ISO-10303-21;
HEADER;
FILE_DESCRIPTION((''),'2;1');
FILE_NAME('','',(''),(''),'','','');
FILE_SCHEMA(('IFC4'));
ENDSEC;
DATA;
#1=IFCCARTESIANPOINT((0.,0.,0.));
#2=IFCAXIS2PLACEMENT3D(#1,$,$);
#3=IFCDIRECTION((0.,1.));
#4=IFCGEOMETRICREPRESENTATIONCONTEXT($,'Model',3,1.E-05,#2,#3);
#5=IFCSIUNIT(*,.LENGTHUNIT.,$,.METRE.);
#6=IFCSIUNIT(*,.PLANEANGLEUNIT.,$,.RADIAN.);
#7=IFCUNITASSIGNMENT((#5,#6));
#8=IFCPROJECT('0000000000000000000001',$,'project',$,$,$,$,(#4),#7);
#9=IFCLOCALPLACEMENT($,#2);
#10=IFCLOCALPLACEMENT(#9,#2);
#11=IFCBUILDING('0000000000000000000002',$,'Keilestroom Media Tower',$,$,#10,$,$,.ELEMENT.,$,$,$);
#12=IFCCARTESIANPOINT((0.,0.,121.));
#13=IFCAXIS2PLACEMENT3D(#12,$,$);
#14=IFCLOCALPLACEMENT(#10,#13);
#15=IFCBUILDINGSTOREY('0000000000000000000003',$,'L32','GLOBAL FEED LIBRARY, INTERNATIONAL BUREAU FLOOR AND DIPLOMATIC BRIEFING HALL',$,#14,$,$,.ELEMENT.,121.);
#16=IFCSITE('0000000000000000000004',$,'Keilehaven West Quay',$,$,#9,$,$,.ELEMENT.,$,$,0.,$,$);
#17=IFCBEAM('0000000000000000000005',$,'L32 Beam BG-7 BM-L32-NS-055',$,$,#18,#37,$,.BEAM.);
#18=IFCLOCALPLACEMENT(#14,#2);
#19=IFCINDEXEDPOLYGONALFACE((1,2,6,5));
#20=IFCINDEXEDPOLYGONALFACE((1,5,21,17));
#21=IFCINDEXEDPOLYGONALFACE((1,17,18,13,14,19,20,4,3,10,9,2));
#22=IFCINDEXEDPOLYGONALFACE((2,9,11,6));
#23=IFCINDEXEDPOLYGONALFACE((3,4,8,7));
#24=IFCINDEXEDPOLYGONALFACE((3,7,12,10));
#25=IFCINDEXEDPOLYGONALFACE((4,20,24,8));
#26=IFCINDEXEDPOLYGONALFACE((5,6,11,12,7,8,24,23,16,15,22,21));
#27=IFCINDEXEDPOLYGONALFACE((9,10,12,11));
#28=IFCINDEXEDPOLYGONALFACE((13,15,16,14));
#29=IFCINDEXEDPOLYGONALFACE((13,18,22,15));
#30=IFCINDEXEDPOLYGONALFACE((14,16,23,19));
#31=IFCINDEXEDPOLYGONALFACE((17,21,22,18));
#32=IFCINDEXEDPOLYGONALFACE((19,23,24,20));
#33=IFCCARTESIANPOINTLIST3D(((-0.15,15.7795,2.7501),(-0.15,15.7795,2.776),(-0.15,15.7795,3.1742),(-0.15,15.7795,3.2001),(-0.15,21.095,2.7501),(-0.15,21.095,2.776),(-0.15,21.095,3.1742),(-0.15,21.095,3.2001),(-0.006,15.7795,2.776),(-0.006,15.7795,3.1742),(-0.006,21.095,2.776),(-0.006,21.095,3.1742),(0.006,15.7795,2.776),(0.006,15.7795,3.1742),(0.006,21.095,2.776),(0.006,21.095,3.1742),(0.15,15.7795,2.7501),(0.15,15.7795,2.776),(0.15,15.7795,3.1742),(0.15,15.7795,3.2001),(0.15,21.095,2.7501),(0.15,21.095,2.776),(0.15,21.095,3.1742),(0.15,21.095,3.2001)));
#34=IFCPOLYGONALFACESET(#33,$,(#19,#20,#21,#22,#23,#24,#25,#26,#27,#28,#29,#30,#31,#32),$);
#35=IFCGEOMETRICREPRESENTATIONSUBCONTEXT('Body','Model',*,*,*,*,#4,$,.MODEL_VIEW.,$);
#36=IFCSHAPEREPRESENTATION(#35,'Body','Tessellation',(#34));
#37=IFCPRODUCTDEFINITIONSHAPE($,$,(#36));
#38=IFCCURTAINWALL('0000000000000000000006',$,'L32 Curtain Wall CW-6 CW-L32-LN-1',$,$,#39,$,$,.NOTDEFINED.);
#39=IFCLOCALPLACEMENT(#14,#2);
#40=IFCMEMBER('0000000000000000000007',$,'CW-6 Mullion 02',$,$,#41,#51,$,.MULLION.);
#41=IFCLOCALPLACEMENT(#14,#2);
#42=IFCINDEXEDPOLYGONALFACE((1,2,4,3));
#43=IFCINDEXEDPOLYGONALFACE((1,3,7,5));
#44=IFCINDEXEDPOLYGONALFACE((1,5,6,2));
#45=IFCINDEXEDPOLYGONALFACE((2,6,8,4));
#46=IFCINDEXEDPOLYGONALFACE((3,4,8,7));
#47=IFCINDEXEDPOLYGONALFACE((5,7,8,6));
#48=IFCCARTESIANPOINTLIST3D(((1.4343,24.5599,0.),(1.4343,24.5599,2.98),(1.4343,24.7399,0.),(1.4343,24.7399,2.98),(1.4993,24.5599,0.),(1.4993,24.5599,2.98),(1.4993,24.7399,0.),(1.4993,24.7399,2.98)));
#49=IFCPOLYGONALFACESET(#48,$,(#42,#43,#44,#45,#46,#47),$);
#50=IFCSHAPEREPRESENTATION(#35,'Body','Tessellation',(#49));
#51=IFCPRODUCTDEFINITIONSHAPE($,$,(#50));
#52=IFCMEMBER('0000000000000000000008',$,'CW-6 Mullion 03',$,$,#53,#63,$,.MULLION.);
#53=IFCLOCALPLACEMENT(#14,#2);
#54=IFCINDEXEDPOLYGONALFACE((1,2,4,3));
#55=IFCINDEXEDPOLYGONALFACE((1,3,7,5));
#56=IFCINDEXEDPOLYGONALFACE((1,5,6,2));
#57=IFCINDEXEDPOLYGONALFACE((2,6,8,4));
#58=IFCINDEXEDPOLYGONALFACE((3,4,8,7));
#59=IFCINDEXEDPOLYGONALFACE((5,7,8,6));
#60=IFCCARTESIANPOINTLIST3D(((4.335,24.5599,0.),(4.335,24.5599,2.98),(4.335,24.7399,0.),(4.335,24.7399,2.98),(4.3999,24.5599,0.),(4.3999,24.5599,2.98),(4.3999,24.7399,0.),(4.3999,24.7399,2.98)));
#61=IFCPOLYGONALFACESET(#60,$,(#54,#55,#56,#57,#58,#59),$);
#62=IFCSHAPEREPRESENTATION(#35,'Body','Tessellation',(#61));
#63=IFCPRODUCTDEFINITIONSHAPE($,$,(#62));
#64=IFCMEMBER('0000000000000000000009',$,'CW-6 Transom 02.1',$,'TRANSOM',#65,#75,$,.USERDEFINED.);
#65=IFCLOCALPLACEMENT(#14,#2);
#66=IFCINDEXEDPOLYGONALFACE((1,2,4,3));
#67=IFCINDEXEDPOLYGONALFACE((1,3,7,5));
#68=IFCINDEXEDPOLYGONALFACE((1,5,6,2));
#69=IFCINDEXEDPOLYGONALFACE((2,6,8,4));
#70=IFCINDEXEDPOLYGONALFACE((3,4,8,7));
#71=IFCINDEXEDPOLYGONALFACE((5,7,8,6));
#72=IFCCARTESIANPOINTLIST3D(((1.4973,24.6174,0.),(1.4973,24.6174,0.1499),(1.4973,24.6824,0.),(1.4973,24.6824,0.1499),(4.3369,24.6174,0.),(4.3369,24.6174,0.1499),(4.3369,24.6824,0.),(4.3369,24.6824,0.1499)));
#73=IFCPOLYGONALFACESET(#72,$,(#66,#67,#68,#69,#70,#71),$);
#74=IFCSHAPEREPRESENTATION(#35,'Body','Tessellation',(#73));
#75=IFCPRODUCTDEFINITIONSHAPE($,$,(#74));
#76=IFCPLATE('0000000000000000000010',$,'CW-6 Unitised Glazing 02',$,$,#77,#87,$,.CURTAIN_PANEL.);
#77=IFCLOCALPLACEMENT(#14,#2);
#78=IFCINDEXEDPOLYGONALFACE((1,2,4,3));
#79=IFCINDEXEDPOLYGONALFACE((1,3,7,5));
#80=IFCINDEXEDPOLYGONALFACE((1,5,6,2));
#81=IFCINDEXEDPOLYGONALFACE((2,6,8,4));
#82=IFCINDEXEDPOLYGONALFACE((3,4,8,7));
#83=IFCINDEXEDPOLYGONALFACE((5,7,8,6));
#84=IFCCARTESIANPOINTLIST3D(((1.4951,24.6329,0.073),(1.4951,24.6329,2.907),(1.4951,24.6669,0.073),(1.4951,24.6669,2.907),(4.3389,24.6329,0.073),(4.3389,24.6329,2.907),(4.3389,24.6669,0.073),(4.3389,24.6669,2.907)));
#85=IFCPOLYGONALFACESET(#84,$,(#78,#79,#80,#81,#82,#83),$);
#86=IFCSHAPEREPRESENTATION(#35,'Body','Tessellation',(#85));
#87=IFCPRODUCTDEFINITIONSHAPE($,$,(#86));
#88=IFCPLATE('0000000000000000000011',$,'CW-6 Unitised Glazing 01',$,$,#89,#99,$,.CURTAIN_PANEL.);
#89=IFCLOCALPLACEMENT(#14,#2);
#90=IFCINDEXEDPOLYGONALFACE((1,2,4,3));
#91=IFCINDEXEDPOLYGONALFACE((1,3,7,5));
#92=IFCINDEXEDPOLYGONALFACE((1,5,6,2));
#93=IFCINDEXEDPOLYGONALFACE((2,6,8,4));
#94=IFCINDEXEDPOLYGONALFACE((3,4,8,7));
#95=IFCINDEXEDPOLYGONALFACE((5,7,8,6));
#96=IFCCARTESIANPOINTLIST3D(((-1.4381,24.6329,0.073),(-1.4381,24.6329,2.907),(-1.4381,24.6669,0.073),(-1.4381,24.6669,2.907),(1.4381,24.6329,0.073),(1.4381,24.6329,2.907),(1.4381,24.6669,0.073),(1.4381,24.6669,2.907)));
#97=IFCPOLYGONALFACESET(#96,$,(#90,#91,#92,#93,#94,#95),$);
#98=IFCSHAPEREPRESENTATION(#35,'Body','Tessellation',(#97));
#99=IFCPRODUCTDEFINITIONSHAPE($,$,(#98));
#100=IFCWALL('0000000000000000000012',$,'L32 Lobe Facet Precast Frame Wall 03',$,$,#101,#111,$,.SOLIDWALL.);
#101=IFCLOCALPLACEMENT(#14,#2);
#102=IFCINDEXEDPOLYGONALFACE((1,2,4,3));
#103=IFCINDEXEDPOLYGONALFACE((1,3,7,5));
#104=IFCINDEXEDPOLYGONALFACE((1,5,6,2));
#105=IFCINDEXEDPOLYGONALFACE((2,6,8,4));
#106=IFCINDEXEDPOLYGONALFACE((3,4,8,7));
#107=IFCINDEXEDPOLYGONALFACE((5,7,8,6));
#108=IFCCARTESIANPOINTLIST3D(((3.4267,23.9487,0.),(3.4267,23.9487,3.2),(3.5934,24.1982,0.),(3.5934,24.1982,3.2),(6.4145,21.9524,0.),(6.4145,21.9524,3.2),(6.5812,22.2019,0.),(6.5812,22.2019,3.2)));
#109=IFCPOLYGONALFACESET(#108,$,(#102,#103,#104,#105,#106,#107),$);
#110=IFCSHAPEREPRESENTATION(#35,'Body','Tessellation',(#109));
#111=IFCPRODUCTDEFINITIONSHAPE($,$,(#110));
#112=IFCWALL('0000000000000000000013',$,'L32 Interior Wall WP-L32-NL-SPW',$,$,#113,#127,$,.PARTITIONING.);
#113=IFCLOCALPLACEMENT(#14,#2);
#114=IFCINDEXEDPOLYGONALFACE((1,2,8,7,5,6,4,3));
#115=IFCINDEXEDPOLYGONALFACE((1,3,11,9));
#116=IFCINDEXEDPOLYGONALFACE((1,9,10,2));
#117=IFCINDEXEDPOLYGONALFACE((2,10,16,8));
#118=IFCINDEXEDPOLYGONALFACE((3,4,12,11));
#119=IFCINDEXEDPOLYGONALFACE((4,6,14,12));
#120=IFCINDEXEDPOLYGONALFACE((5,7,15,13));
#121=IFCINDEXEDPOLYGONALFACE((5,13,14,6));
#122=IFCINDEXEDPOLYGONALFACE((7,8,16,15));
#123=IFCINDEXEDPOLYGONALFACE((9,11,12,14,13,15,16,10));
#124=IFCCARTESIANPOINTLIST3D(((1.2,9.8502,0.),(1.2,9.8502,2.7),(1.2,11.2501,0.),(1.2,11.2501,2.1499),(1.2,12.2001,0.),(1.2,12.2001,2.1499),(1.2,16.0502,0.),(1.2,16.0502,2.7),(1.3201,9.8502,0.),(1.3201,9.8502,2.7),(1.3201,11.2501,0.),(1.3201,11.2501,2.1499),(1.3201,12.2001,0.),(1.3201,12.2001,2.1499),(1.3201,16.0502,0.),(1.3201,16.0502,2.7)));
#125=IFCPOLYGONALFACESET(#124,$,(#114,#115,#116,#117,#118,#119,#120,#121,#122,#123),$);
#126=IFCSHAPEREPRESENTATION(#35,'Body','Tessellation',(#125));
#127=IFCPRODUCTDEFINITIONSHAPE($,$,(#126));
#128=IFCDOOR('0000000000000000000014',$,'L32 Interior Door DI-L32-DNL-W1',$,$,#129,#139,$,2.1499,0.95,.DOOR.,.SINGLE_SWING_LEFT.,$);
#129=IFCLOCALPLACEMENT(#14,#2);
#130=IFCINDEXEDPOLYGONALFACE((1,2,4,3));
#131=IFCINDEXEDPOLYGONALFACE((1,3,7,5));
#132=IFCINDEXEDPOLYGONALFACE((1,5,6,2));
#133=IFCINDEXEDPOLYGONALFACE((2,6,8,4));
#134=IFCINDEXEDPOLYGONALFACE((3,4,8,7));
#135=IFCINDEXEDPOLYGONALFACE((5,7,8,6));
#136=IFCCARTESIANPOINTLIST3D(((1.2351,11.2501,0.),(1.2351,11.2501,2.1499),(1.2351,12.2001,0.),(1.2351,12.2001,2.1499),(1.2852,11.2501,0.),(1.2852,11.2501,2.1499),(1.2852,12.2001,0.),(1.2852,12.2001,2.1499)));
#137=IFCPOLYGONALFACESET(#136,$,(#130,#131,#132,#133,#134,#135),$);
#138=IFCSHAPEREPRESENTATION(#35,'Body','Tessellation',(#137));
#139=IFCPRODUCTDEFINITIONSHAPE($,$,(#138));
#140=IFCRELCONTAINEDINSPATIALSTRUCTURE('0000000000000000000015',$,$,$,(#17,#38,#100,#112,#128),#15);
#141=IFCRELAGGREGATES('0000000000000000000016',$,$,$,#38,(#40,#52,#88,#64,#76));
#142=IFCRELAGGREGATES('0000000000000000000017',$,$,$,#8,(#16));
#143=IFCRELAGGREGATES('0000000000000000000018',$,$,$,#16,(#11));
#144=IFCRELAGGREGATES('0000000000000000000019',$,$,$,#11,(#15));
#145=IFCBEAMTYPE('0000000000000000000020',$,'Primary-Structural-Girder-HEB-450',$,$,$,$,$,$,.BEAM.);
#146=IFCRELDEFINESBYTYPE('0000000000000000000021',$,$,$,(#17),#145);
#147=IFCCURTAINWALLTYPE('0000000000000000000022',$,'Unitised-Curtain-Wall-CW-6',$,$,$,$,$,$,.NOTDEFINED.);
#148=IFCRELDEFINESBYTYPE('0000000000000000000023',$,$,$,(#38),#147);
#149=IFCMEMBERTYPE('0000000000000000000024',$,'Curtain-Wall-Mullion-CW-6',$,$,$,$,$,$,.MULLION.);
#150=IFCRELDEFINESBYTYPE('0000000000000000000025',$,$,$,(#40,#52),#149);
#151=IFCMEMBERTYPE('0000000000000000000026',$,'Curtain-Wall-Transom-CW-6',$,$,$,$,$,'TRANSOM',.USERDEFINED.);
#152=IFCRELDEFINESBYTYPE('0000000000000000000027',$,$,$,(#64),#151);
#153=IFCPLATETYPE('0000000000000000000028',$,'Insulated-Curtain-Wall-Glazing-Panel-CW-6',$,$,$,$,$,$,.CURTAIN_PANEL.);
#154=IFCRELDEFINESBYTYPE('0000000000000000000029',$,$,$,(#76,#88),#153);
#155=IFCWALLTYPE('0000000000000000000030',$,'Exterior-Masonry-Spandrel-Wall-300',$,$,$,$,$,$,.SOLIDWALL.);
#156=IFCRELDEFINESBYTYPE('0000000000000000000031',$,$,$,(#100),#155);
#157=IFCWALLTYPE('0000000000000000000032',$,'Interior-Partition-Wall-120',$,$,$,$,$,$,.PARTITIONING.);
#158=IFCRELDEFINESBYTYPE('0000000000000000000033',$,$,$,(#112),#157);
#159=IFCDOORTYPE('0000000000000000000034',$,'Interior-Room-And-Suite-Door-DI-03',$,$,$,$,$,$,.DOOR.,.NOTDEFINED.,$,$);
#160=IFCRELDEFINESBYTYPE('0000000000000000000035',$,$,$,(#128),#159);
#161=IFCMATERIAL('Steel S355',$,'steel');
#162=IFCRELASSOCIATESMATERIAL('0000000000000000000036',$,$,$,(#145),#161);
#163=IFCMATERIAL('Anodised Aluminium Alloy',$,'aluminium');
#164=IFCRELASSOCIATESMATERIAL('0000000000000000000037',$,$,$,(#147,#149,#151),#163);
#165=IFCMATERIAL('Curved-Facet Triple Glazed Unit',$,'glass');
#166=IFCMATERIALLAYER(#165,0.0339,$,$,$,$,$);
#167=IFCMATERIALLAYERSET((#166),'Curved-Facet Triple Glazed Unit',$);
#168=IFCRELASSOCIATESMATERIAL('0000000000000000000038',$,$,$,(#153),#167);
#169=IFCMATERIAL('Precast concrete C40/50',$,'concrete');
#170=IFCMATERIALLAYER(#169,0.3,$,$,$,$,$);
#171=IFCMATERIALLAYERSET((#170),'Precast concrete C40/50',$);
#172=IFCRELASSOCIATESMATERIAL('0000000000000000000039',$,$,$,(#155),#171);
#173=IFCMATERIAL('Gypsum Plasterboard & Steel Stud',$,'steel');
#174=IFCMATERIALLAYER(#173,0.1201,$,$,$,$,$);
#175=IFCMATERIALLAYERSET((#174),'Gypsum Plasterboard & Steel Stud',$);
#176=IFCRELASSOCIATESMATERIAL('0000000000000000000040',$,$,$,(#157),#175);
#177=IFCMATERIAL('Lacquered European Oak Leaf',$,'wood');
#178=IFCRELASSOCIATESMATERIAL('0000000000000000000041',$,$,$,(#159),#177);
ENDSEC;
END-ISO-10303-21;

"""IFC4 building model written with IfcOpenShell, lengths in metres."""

from ifc_helpers import new_model, si_unit, direction, frame, frame_2d, origin, origin_2d, place, context, subcontext, project, spatial, rectangle, i_section, extrude, source, transform, mapped, material, layer, layer_set, material_profile, profile_set, type_object, element, fill, aggregate, save


model = new_model("IFC4")

# Units and contexts
model_context = context("Model", 3, precision=1e-05, world=origin(), true_north=direction((0.0, 1.0)))
body_context = subcontext(model_context, "Body", "Model", "MODEL_VIEW")
ifc_project = project(units=[si_unit("LENGTHUNIT", "METRE"), si_unit("PLANEANGLEUNIT", "RADIAN")], contexts=[model_context])

# Site, building, storey
site_placement = place(None, origin())
site = spatial("IfcSite", under=ifc_project, at=site_placement, Name="Keilehaven West Quay", CompositionType="ELEMENT", RefElevation=0.0)
building_placement = place(site_placement, origin())
building = spatial("IfcBuilding", under=site, at=building_placement, Name="Keilestroom Media Tower", CompositionType="ELEMENT")
storey_placement = place(building_placement, frame((0.0, 0.0, 121.0)))
storey = spatial("IfcBuildingStorey", under=building, at=storey_placement, Name="L32", Description="GLOBAL FEED LIBRARY, INTERNATIONAL BUREAU FLOOR AND DIPLOMATIC BRIEFING HALL", CompositionType="ELEMENT", Elevation=121.0)

# Shared definitions
ifc_material_1 = material(Name="Steel S355", Category="steel")

# Beam
ifc_material_profile_1 = material_profile(ifc_material_1, i_section(OverallWidth=0.3, OverallDepth=0.45, WebThickness=0.012, FlangeThickness=0.0259, at=origin_2d()), Name="HEB 450")
ifc_profile_set_1 = profile_set([ifc_material_profile_1], Name="Steel S355")
beam_type_1 = type_object("IfcBeamType", Name="Primary-Structural-Girder-HEB-450", PredefinedType="BEAM", material=ifc_profile_set_1)
shared_shape_1 = source(origin(), body_context, "Body", "SweptSolid", [
    extrude(i_section(OverallWidth=0.3, OverallDepth=0.45, WebThickness=0.012, FlangeThickness=0.0259, at=origin_2d()), origin(), (0.0, 0.0, 1.0), 5.3154),
])
beam_1_placement = place(storey_placement, frame((0.0, 15.7795, 2.9751), z_axis=(0.0, 1.0, 0.0), x_axis=(-1.0, 0.0, 0.0)))
element("IfcBeam", 1, at=beam_1_placement, inside=storey, type_object=beam_type_1, Name="L32 Beam BG-7 BM-L32-NS-055", PredefinedType="BEAM", context=body_context, shape_type="MappedRepresentation", body=[
    mapped(shared_shape_1, transform((0.0, 0.0, 0.0), x_axis=(1.0, 0.0, 0.0), y_axis=(0.0, 1.0, 0.0), z_axis=(0.0, 0.0, 1.0), scale=1.0)),
])

# Curtain wall, members, plates
ifc_material_2 = material(Name="Anodised Aluminium Alloy", Category="aluminium")
curtain_wall_type = type_object("IfcCurtainWallType", Name="Unitised-Curtain-Wall-CW-6", PredefinedType="NOTDEFINED", material=ifc_material_2)
curtain_wall_placement = place(storey_placement, origin())
curtain_wall = element("IfcCurtainWall", 2, at=curtain_wall_placement, inside=storey, type_object=curtain_wall_type, Name="L32 Curtain Wall CW-6 CW-L32-LN-1", PredefinedType="NOTDEFINED")
ifc_material_profile_2 = material_profile(ifc_material_2, rectangle(XDim=0.0649, YDim=0.1799, at=origin_2d()), Name="ALU MULLION 65x180")
ifc_profile_set_2 = profile_set([ifc_material_profile_2], Name="Anodised Aluminium Alloy")
member_type_1 = type_object("IfcMemberType", Name="Curtain-Wall-Mullion-CW-6", PredefinedType="MULLION", material=ifc_profile_set_2)
shared_shape_2 = source(origin(), body_context, "Body", "SweptSolid", [
    extrude(rectangle(XDim=0.0649, YDim=0.1799, at=origin_2d()), origin(), (0.0, 0.0, 1.0), 2.98),
])
member_1_placement = place(storey_placement, frame((1.4668, 24.6499, 0.0), z_axis=(0.0, 0.0, 1.0), x_axis=(1.0, 0.0, 0.0)))
member_1 = element("IfcMember", 3, at=member_1_placement, type_object=member_type_1, Name="CW-6 Mullion 02", PredefinedType="MULLION", context=body_context, shape_type="MappedRepresentation", body=[
    mapped(shared_shape_2, transform((0.0, 0.0, 0.0), x_axis=(1.0, 0.0, 0.0), y_axis=(0.0, 1.0, 0.0), z_axis=(0.0, 0.0, 1.0), scale=1.0)),
])
member_2_placement = place(storey_placement, frame((4.3674, 24.6499, 0.0), z_axis=(0.0, 0.0, 1.0), x_axis=(1.0, 0.0, 0.0)))
member_2 = element("IfcMember", 4, at=member_2_placement, type_object=member_type_1, Name="CW-6 Mullion 03", PredefinedType="MULLION", context=body_context, shape_type="MappedRepresentation", body=[
    mapped(shared_shape_2, transform((0.0, 0.0, 0.0), x_axis=(1.0, 0.0, 0.0), y_axis=(0.0, 1.0, 0.0), z_axis=(0.0, 0.0, 1.0), scale=1.0)),
])
ifc_material_profile_3 = material_profile(ifc_material_2, rectangle(XDim=0.0649, YDim=0.1499, at=origin_2d()), Name="ALU TRANSOM 65x150")
ifc_profile_set_3 = profile_set([ifc_material_profile_3], Name="Anodised Aluminium Alloy")
member_type_2 = type_object("IfcMemberType", Name="Curtain-Wall-Transom-CW-6", ElementType="TRANSOM", PredefinedType="USERDEFINED", material=ifc_profile_set_3)
shared_shape_3 = source(origin(), body_context, "Body", "SweptSolid", [
    extrude(rectangle(XDim=0.0649, YDim=0.1499, at=origin_2d()), origin(), (0.0, 0.0, 1.0), 2.8396),
])
member_3_placement = place(storey_placement, frame((1.4973, 24.6499, 0.075), z_axis=(1.0, 0.0, 0.0), x_axis=(0.0, 1.0, 0.0)))
member_3 = element("IfcMember", 5, at=member_3_placement, type_object=member_type_2, Name="CW-6 Transom 02.1", ObjectType="TRANSOM", PredefinedType="USERDEFINED", context=body_context, shape_type="MappedRepresentation", body=[
    mapped(shared_shape_3, transform((0.0, 0.0, 0.0), x_axis=(1.0, 0.0, 0.0), y_axis=(0.0, 1.0, 0.0), z_axis=(0.0, 0.0, 1.0), scale=1.0)),
])
ifc_material_3 = material(Name="Curved-Facet Triple Glazed Unit", Category="glass")
ifc_layer_1 = layer(ifc_material_3, 0.0339)
ifc_layer_set_1 = layer_set([ifc_layer_1], Name="Curved-Facet Triple Glazed Unit")
plate_type = type_object("IfcPlateType", Name="Insulated-Curtain-Wall-Glazing-Panel-CW-6", PredefinedType="CURTAIN_PANEL", material=ifc_layer_set_1)
shared_shape_4 = source(origin(), body_context, "Body", "SweptSolid", [
    extrude(rectangle(XDim=2.8438, YDim=0.0339, at=origin_2d()), origin(), (0.0, 0.0, 1.0), 2.834),
])
plate_1_placement = place(storey_placement, frame((2.917, 24.6499, 0.073), z_axis=(0.0, 0.0, 1.0), x_axis=(1.0, 0.0, 0.0)))
plate_1 = element("IfcPlate", 6, at=plate_1_placement, type_object=plate_type, Name="CW-6 Unitised Glazing 02", PredefinedType="CURTAIN_PANEL", context=body_context, shape_type="MappedRepresentation", body=[
    mapped(shared_shape_4, transform((0.0, 0.0, 0.0), x_axis=(1.0, 0.0, 0.0), y_axis=(0.0, 1.0, 0.0), z_axis=(0.0, 0.0, 1.0), scale=1.0)),
])
shared_shape_5 = source(origin(), body_context, "Body", "SweptSolid", [
    extrude(rectangle(XDim=2.8762, YDim=0.0339, at=origin_2d()), origin(), (0.0, 0.0, 1.0), 2.834),
])
plate_2_placement = place(storey_placement, frame((0.0, 24.6499, 0.073), z_axis=(0.0, 0.0, 1.0), x_axis=(1.0, 0.0, 0.0)))
plate_2 = element("IfcPlate", 7, at=plate_2_placement, type_object=plate_type, Name="CW-6 Unitised Glazing 01", PredefinedType="CURTAIN_PANEL", context=body_context, shape_type="MappedRepresentation", body=[
    mapped(shared_shape_5, transform((0.0, 0.0, 0.0), x_axis=(1.0, 0.0, 0.0), y_axis=(0.0, 1.0, 0.0), z_axis=(0.0, 0.0, 1.0), scale=1.0)),
])
aggregate(curtain_wall, [member_1, member_2, plate_2, member_3, plate_1])

# Wall
ifc_material_4 = material(Name="Precast concrete C40/50", Category="concrete")
ifc_layer_2 = layer(ifc_material_4, 0.3)
ifc_layer_set_2 = layer_set([ifc_layer_2], Name="Precast concrete C40/50")
wall_type_1 = type_object("IfcWallType", Name="Exterior-Masonry-Spandrel-Wall-300", PredefinedType="SOLIDWALL", material=ifc_layer_set_2)
wall_1_placement = place(storey_placement, frame((6.4978, 22.0771, 0.0), z_axis=(0.0, 0.0, 1.0), x_axis=(-0.831475, 0.555562, 0.0)))
element("IfcWall", 8, at=wall_1_placement, inside=storey, type_object=wall_type_1, Name="L32 Lobe Facet Precast Frame Wall 03", PredefinedType="SOLIDWALL", context=body_context, shape_type="SweptSolid", body=[
    extrude(rectangle(XDim=3.5933, YDim=0.3, at=frame_2d((1.7966, 0.0))), origin(), (0.0, 0.0, 1.0), 3.2),
])

# Wall, opening, door
ifc_material_5 = material(Name="Gypsum Plasterboard & Steel Stud", Category="steel")
ifc_layer_3 = layer(ifc_material_5, 0.1201)
ifc_layer_set_3 = layer_set([ifc_layer_3], Name="Gypsum Plasterboard & Steel Stud")
wall_type_2 = type_object("IfcWallType", Name="Interior-Partition-Wall-120", PredefinedType="PARTITIONING", material=ifc_layer_set_3)
wall_2_placement = place(storey_placement, frame((1.26, 9.8501, 0.0), z_axis=(0.0, 0.0, 1.0), x_axis=(0.0, 1.0, 0.0)))
wall_2 = element("IfcWall", 9, at=wall_2_placement, inside=storey, type_object=wall_type_2, Name="L32 Interior Wall WP-L32-NL-SPW", PredefinedType="PARTITIONING", context=body_context, shape_type="SweptSolid", body=[
    extrude(rectangle(XDim=6.2, YDim=0.1201, at=frame_2d((3.1001, 0.0))), origin(), (0.0, 0.0, 1.0), 2.7),
])
opening_1_placement = place(wall_2_placement, frame((1.3999, 0.0, 0.0)))
opening_1 = element("IfcOpeningElement", 10, at=opening_1_placement, cuts=wall_2, PredefinedType="OPENING", context=body_context, shape_type="SweptSolid", body=[
    extrude(rectangle(XDim=0.95, YDim=2.1499, at=frame_2d((0.4751, 1.075))), frame((0.0, 0.0701, 0.0), z_axis=(0.0, -1.0, 0.0), x_axis=(1.0, 0.0, 0.0)), (0.0, 0.0, 1.0), 0.1401),
])
ifc_material_6 = material(Name="Lacquered European Oak Leaf", Category="wood")
door_type = type_object("IfcDoorType", Name="Interior-Room-And-Suite-Door-DI-03", OperationType="NOTDEFINED", PredefinedType="DOOR", material=ifc_material_6)
shared_shape_6 = source(origin(), body_context, "Body", "SweptSolid", [
    extrude(rectangle(XDim=0.95, YDim=2.1499, at=frame_2d((0.4751, 1.075))), frame((0.0, 0.0249, 0.0), z_axis=(0.0, -1.0, 0.0), x_axis=(1.0, 0.0, 0.0)), (0.0, 0.0, 1.0), 0.05),
])
door_1_placement = place(opening_1_placement, origin())
door_1 = element("IfcDoor", 11, at=door_1_placement, inside=storey, type_object=door_type, Name="L32 Interior Door DI-L32-DNL-W1", OperationType="SINGLE_SWING_LEFT", OverallHeight=2.1499, OverallWidth=0.95, PredefinedType="DOOR", context=body_context, shape_type="MappedRepresentation", body=[
    mapped(shared_shape_6, transform((0.0, 0.0, 0.0), x_axis=(1.0, 0.0, 0.0), y_axis=(0.0, 1.0, 0.0), z_axis=(0.0, 0.0, 1.0), scale=1.0)),
])
fill(opening_1, door_1)

save(model, "model.ifc")
